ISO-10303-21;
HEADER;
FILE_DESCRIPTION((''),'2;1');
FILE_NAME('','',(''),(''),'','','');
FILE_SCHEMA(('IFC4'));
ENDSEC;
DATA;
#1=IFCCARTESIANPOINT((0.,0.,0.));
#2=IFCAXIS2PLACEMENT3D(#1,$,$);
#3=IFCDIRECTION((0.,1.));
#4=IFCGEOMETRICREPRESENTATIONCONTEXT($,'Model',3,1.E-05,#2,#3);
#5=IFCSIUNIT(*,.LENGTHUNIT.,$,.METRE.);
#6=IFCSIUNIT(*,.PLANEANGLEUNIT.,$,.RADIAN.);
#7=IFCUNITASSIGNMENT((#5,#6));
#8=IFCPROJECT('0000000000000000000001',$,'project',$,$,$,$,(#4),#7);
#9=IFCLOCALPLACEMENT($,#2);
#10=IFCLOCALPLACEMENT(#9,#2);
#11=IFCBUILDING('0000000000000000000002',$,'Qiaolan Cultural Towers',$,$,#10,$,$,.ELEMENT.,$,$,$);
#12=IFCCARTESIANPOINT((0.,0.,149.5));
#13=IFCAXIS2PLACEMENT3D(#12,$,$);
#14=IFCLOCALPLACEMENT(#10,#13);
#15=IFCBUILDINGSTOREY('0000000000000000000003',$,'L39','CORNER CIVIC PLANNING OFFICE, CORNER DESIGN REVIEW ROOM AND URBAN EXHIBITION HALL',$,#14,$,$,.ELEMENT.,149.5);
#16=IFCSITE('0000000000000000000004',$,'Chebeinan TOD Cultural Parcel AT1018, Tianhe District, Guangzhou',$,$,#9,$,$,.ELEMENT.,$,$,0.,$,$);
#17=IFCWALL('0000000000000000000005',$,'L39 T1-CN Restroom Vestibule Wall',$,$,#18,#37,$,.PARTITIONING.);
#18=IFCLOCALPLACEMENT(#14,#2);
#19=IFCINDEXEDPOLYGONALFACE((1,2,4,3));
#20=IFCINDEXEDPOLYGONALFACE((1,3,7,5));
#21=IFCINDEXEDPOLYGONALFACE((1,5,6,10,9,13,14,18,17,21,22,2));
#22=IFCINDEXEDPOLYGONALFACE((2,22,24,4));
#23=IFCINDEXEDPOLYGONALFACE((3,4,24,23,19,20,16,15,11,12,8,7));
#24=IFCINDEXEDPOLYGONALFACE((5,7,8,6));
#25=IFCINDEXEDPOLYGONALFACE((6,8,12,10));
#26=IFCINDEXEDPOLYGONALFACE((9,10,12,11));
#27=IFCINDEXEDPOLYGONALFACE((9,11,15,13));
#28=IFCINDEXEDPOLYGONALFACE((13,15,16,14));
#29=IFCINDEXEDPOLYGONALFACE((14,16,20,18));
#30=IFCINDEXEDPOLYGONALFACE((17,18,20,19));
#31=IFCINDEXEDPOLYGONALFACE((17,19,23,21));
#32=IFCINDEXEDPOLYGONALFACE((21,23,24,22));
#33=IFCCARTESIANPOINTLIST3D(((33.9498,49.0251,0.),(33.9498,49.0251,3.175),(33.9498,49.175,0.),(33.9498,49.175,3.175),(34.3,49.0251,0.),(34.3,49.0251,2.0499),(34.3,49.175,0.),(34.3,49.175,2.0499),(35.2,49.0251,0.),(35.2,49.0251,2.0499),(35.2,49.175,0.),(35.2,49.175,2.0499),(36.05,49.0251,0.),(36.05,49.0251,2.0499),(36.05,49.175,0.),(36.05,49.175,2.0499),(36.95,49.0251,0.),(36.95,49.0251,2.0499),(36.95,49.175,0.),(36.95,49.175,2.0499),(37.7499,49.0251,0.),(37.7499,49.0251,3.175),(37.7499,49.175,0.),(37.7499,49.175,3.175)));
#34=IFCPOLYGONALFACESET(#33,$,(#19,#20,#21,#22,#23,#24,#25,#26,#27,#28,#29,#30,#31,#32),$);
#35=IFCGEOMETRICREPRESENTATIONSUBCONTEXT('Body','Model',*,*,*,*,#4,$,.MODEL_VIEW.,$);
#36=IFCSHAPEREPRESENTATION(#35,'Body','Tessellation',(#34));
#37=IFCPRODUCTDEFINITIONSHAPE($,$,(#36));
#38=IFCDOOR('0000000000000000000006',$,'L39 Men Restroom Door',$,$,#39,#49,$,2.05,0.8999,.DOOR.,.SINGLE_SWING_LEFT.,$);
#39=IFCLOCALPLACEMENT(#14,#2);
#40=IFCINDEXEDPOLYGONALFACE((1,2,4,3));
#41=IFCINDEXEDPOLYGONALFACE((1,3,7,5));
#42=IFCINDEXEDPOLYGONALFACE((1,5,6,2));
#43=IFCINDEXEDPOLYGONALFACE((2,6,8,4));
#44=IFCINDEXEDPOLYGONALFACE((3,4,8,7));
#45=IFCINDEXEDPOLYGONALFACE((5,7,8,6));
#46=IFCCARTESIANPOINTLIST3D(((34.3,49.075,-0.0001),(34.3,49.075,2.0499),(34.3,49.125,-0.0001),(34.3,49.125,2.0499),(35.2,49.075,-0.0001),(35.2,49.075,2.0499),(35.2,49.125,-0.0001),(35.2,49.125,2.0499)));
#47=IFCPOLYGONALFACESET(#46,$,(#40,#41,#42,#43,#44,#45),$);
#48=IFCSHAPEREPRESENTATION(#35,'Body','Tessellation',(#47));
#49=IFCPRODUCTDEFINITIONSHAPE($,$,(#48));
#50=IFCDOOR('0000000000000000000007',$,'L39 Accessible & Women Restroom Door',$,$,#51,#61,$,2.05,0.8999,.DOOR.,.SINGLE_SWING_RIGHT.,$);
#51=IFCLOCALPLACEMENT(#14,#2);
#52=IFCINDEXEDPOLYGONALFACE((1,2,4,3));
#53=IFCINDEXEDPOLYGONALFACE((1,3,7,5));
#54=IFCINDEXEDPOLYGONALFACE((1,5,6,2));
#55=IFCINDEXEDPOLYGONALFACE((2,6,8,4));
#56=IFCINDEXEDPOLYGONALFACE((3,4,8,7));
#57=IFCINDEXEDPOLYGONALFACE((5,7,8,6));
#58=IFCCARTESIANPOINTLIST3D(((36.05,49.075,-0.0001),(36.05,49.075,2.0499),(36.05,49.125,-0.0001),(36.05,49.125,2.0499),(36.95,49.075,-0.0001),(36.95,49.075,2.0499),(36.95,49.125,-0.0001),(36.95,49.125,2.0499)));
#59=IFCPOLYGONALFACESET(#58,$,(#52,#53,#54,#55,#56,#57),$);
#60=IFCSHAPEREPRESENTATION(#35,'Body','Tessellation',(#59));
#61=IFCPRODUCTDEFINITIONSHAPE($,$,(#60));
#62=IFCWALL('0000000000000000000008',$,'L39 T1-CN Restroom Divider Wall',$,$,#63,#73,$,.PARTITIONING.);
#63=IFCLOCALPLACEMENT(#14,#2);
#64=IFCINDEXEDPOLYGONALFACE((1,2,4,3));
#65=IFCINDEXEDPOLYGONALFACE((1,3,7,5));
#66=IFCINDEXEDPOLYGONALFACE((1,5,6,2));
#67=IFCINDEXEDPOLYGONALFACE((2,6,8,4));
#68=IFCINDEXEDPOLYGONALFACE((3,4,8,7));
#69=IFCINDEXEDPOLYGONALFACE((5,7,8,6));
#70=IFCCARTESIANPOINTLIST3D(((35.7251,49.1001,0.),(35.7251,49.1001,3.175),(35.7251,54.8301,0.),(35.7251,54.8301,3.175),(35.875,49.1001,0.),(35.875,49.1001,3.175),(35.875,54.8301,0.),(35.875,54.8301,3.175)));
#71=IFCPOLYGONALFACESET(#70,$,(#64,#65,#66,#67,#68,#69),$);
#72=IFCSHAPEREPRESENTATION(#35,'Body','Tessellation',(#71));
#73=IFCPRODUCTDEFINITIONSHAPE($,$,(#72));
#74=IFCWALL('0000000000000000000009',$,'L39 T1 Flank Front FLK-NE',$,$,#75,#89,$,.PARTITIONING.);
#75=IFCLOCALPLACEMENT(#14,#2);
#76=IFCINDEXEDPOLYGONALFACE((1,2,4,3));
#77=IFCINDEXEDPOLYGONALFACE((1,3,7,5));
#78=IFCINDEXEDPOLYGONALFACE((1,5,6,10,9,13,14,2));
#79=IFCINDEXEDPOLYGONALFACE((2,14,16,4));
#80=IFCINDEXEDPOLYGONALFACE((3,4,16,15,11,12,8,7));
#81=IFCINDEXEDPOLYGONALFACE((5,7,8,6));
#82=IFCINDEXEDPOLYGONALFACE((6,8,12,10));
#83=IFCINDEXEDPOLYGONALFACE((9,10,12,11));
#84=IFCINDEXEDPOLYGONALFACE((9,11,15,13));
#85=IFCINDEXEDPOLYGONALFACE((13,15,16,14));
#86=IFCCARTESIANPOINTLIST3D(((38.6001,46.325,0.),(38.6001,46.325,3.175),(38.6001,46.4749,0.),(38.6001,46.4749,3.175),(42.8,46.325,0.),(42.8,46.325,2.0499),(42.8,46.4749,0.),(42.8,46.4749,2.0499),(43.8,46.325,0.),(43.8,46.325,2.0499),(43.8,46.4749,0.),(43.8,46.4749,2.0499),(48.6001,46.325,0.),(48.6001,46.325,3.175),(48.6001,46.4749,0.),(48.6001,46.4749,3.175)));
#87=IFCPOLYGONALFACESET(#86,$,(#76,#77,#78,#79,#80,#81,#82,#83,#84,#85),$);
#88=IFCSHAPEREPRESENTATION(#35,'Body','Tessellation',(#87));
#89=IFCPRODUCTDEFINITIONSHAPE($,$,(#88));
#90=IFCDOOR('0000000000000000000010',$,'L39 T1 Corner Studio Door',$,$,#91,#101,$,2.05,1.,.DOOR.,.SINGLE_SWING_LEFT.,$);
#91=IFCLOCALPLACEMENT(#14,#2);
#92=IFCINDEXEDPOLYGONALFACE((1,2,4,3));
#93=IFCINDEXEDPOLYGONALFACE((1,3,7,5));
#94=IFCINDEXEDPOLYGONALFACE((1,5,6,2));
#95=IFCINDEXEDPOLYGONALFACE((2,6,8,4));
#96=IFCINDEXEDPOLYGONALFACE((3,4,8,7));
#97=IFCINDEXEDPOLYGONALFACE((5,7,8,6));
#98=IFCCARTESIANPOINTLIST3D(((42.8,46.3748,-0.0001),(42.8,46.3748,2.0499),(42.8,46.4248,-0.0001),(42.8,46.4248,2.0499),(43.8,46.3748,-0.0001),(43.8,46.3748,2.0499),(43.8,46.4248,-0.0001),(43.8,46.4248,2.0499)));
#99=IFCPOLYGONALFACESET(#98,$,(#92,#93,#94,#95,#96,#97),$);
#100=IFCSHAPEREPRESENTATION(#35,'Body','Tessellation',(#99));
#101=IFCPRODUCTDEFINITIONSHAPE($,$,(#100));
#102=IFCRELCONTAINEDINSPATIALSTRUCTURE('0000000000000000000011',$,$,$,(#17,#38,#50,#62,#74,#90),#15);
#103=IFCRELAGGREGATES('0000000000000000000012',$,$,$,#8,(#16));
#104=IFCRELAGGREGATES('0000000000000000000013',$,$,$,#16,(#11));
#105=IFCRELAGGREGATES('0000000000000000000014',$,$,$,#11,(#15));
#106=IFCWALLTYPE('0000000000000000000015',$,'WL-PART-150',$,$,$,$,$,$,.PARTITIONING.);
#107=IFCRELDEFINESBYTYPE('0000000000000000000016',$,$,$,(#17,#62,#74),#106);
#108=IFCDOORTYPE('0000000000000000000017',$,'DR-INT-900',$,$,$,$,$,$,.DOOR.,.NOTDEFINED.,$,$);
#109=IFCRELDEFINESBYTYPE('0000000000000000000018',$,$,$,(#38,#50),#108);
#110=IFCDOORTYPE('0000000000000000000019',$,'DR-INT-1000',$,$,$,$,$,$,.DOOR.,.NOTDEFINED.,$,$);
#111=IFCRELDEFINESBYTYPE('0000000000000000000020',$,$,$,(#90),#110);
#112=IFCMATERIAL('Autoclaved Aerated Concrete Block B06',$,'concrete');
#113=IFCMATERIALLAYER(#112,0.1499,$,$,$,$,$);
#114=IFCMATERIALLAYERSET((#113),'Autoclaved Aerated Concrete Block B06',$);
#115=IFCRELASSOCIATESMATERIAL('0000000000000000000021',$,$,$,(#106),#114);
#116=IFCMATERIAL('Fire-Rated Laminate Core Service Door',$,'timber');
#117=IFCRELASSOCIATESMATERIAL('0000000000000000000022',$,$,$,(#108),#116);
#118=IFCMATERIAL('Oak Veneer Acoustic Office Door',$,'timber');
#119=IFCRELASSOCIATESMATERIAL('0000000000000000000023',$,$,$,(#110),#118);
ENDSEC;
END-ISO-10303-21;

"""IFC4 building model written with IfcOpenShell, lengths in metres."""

from ifc_helpers import new_model, si_unit, direction, frame, frame_2d, origin, place, context, subcontext, project, spatial, rectangle, extrude, material, layer, layer_set, type_object, element, fill, save


model = new_model("IFC4")

# Units and contexts
model_context = context("Model", 3, precision=1e-05, world=origin(), true_north=direction((0.0, 1.0)))
body_context = subcontext(model_context, "Body", "Model", "MODEL_VIEW")
ifc_project = project(units=[si_unit("LENGTHUNIT", "METRE"), si_unit("PLANEANGLEUNIT", "RADIAN")], contexts=[model_context])

# Site, building, storey
site_placement = place(None, origin())
site = spatial("IfcSite", under=ifc_project, at=site_placement, Name="Chebeinan TOD Cultural Parcel AT1018, Tianhe District, Guangzhou", CompositionType="ELEMENT", RefElevation=0.0)
building_placement = place(site_placement, origin())
building = spatial("IfcBuilding", under=site, at=building_placement, Name="Qiaolan Cultural Towers", CompositionType="ELEMENT")
storey_placement = place(building_placement, frame((0.0, 0.0, 149.5)))
storey = spatial("IfcBuildingStorey", under=building, at=storey_placement, Name="L39", Description="CORNER CIVIC PLANNING OFFICE, CORNER DESIGN REVIEW ROOM AND URBAN EXHIBITION HALL", CompositionType="ELEMENT", Elevation=149.5)

# Shared definitions
ifc_material_1 = material(Name="Autoclaved Aerated Concrete Block B06", Category="concrete")
ifc_layer_1 = layer(ifc_material_1, 0.1499)
ifc_layer_set_1 = layer_set([ifc_layer_1], Name="Autoclaved Aerated Concrete Block B06")
wall_type_1 = type_object("IfcWallType", Name="WL-PART-150", PredefinedType="PARTITIONING", material=ifc_layer_set_1)

# Wall, openings, doors
wall_1_placement = place(storey_placement, frame((33.95, 49.1001, 0.0), z_axis=(0.0, 0.0, 1.0), x_axis=(1.0, 0.0, 0.0)))
wall_1 = element("IfcWall", 1, at=wall_1_placement, inside=storey, type_object=wall_type_1, Name="L39 T1-CN Restroom Vestibule Wall", PredefinedType="PARTITIONING", context=body_context, shape_type="SweptSolid", body=[
    extrude(rectangle(XDim=3.8, YDim=0.1499, at=frame_2d((1.8999, 0.0))), origin(), (0.0, 0.0, 1.0), 3.175),
])
opening_1_placement = place(wall_1_placement, frame((0.3501, 0.0, 0.0)))
opening_1 = element("IfcOpeningElement", 2, at=opening_1_placement, cuts=wall_1, PredefinedType="OPENING", context=body_context, shape_type="SweptSolid", body=[
    extrude(rectangle(XDim=0.8999, YDim=2.05, at=frame_2d((0.45, 1.0249))), frame((0.0, 0.085, 0.0), z_axis=(0.0, -1.0, 0.0), x_axis=(1.0, 0.0, 0.0)), (0.0, 0.0, 1.0), 0.1699),
])
opening_2_placement = place(wall_1_placement, frame((2.1001, 0.0, 0.0)))
opening_2 = element("IfcOpeningElement", 3, at=opening_2_placement, cuts=wall_1, PredefinedType="OPENING", context=body_context, shape_type="SweptSolid", body=[
    extrude(rectangle(XDim=0.8999, YDim=2.05, at=frame_2d((0.45, 1.0249))), frame((0.0, 0.085, 0.0), z_axis=(0.0, -1.0, 0.0), x_axis=(1.0, 0.0, 0.0)), (0.0, 0.0, 1.0), 0.1699),
])
ifc_material_2 = material(Name="Fire-Rated Laminate Core Service Door", Category="timber")
door_type_1 = type_object("IfcDoorType", Name="DR-INT-900", OperationType="NOTDEFINED", PredefinedType="DOOR", material=ifc_material_2)
door_1_placement = place(opening_1_placement, origin())
door_1 = element("IfcDoor", 4, at=door_1_placement, inside=storey, type_object=door_type_1, Name="L39 Men Restroom Door", OperationType="SINGLE_SWING_LEFT", OverallHeight=2.05, OverallWidth=0.8999, PredefinedType="DOOR", context=body_context, shape_type="SweptSolid", body=[
    extrude(rectangle(XDim=0.8999, YDim=2.05, at=frame_2d((0.45, 1.0249))), frame((0.0, 0.0249, 0.0), z_axis=(0.0, -1.0, 0.0), x_axis=(1.0, 0.0, 0.0)), (0.0, 0.0, 1.0), 0.05),
])
fill(opening_1, door_1)
door_2_placement = place(opening_2_placement, origin())
door_2 = element("IfcDoor", 5, at=door_2_placement, inside=storey, type_object=door_type_1, Name="L39 Accessible & Women Restroom Door", OperationType="SINGLE_SWING_RIGHT", OverallHeight=2.05, OverallWidth=0.8999, PredefinedType="DOOR", context=body_context, shape_type="SweptSolid", body=[
    extrude(rectangle(XDim=0.8999, YDim=2.05, at=frame_2d((0.45, 1.0249))), frame((0.0, 0.0249, 0.0), z_axis=(0.0, -1.0, 0.0), x_axis=(1.0, 0.0, 0.0)), (0.0, 0.0, 1.0), 0.05),
])
fill(opening_2, door_2)

# Wall
wall_2_placement = place(storey_placement, frame((35.8, 49.1001, 0.0), z_axis=(0.0, 0.0, 1.0), x_axis=(0.0, 1.0, 0.0)))
element("IfcWall", 6, at=wall_2_placement, inside=storey, type_object=wall_type_1, Name="L39 T1-CN Restroom Divider Wall", PredefinedType="PARTITIONING", context=body_context, shape_type="SweptSolid", body=[
    extrude(rectangle(XDim=5.73, YDim=0.1499, at=frame_2d((2.865, 0.0))), origin(), (0.0, 0.0, 1.0), 3.175),
])

# Wall, opening, door
wall_3_placement = place(storey_placement, frame((38.6001, 46.3999, 0.0), z_axis=(0.0, 0.0, 1.0), x_axis=(1.0, 0.0, 0.0)))
wall_3 = element("IfcWall", 7, at=wall_3_placement, inside=storey, type_object=wall_type_1, Name="L39 T1 Flank Front FLK-NE", PredefinedType="PARTITIONING", context=body_context, shape_type="SweptSolid", body=[
    extrude(rectangle(XDim=10.0, YDim=0.1499, at=frame_2d((5.0, 0.0))), origin(), (0.0, 0.0, 1.0), 3.175),
])
opening_3_placement = place(wall_3_placement, frame((4.2, 0.0, 0.0)))
opening_3 = element("IfcOpeningElement", 8, at=opening_3_placement, cuts=wall_3, PredefinedType="OPENING", context=body_context, shape_type="SweptSolid", body=[
    extrude(rectangle(XDim=1.0, YDim=2.05, at=frame_2d((0.5, 1.0249))), frame((0.0, 0.085, 0.0), z_axis=(0.0, -1.0, 0.0), x_axis=(1.0, 0.0, 0.0)), (0.0, 0.0, 1.0), 0.1699),
])
ifc_material_3 = material(Name="Oak Veneer Acoustic Office Door", Category="timber")
door_type_2 = type_object("IfcDoorType", Name="DR-INT-1000", OperationType="NOTDEFINED", PredefinedType="DOOR", material=ifc_material_3)
door_3_placement = place(opening_3_placement, origin())
door_3 = element("IfcDoor", 9, at=door_3_placement, inside=storey, type_object=door_type_2, Name="L39 T1 Corner Studio Door", OperationType="SINGLE_SWING_LEFT", OverallHeight=2.05, OverallWidth=1.0, PredefinedType="DOOR", context=body_context, shape_type="SweptSolid", body=[
    extrude(rectangle(XDim=1.0, YDim=2.05, at=frame_2d((0.5, 1.0249))), frame((0.0, 0.0249, 0.0), z_axis=(0.0, -1.0, 0.0), x_axis=(1.0, 0.0, 0.0)), (0.0, 0.0, 1.0), 0.05),
])
fill(opening_3, door_3)

save(model, "model.ifc")
